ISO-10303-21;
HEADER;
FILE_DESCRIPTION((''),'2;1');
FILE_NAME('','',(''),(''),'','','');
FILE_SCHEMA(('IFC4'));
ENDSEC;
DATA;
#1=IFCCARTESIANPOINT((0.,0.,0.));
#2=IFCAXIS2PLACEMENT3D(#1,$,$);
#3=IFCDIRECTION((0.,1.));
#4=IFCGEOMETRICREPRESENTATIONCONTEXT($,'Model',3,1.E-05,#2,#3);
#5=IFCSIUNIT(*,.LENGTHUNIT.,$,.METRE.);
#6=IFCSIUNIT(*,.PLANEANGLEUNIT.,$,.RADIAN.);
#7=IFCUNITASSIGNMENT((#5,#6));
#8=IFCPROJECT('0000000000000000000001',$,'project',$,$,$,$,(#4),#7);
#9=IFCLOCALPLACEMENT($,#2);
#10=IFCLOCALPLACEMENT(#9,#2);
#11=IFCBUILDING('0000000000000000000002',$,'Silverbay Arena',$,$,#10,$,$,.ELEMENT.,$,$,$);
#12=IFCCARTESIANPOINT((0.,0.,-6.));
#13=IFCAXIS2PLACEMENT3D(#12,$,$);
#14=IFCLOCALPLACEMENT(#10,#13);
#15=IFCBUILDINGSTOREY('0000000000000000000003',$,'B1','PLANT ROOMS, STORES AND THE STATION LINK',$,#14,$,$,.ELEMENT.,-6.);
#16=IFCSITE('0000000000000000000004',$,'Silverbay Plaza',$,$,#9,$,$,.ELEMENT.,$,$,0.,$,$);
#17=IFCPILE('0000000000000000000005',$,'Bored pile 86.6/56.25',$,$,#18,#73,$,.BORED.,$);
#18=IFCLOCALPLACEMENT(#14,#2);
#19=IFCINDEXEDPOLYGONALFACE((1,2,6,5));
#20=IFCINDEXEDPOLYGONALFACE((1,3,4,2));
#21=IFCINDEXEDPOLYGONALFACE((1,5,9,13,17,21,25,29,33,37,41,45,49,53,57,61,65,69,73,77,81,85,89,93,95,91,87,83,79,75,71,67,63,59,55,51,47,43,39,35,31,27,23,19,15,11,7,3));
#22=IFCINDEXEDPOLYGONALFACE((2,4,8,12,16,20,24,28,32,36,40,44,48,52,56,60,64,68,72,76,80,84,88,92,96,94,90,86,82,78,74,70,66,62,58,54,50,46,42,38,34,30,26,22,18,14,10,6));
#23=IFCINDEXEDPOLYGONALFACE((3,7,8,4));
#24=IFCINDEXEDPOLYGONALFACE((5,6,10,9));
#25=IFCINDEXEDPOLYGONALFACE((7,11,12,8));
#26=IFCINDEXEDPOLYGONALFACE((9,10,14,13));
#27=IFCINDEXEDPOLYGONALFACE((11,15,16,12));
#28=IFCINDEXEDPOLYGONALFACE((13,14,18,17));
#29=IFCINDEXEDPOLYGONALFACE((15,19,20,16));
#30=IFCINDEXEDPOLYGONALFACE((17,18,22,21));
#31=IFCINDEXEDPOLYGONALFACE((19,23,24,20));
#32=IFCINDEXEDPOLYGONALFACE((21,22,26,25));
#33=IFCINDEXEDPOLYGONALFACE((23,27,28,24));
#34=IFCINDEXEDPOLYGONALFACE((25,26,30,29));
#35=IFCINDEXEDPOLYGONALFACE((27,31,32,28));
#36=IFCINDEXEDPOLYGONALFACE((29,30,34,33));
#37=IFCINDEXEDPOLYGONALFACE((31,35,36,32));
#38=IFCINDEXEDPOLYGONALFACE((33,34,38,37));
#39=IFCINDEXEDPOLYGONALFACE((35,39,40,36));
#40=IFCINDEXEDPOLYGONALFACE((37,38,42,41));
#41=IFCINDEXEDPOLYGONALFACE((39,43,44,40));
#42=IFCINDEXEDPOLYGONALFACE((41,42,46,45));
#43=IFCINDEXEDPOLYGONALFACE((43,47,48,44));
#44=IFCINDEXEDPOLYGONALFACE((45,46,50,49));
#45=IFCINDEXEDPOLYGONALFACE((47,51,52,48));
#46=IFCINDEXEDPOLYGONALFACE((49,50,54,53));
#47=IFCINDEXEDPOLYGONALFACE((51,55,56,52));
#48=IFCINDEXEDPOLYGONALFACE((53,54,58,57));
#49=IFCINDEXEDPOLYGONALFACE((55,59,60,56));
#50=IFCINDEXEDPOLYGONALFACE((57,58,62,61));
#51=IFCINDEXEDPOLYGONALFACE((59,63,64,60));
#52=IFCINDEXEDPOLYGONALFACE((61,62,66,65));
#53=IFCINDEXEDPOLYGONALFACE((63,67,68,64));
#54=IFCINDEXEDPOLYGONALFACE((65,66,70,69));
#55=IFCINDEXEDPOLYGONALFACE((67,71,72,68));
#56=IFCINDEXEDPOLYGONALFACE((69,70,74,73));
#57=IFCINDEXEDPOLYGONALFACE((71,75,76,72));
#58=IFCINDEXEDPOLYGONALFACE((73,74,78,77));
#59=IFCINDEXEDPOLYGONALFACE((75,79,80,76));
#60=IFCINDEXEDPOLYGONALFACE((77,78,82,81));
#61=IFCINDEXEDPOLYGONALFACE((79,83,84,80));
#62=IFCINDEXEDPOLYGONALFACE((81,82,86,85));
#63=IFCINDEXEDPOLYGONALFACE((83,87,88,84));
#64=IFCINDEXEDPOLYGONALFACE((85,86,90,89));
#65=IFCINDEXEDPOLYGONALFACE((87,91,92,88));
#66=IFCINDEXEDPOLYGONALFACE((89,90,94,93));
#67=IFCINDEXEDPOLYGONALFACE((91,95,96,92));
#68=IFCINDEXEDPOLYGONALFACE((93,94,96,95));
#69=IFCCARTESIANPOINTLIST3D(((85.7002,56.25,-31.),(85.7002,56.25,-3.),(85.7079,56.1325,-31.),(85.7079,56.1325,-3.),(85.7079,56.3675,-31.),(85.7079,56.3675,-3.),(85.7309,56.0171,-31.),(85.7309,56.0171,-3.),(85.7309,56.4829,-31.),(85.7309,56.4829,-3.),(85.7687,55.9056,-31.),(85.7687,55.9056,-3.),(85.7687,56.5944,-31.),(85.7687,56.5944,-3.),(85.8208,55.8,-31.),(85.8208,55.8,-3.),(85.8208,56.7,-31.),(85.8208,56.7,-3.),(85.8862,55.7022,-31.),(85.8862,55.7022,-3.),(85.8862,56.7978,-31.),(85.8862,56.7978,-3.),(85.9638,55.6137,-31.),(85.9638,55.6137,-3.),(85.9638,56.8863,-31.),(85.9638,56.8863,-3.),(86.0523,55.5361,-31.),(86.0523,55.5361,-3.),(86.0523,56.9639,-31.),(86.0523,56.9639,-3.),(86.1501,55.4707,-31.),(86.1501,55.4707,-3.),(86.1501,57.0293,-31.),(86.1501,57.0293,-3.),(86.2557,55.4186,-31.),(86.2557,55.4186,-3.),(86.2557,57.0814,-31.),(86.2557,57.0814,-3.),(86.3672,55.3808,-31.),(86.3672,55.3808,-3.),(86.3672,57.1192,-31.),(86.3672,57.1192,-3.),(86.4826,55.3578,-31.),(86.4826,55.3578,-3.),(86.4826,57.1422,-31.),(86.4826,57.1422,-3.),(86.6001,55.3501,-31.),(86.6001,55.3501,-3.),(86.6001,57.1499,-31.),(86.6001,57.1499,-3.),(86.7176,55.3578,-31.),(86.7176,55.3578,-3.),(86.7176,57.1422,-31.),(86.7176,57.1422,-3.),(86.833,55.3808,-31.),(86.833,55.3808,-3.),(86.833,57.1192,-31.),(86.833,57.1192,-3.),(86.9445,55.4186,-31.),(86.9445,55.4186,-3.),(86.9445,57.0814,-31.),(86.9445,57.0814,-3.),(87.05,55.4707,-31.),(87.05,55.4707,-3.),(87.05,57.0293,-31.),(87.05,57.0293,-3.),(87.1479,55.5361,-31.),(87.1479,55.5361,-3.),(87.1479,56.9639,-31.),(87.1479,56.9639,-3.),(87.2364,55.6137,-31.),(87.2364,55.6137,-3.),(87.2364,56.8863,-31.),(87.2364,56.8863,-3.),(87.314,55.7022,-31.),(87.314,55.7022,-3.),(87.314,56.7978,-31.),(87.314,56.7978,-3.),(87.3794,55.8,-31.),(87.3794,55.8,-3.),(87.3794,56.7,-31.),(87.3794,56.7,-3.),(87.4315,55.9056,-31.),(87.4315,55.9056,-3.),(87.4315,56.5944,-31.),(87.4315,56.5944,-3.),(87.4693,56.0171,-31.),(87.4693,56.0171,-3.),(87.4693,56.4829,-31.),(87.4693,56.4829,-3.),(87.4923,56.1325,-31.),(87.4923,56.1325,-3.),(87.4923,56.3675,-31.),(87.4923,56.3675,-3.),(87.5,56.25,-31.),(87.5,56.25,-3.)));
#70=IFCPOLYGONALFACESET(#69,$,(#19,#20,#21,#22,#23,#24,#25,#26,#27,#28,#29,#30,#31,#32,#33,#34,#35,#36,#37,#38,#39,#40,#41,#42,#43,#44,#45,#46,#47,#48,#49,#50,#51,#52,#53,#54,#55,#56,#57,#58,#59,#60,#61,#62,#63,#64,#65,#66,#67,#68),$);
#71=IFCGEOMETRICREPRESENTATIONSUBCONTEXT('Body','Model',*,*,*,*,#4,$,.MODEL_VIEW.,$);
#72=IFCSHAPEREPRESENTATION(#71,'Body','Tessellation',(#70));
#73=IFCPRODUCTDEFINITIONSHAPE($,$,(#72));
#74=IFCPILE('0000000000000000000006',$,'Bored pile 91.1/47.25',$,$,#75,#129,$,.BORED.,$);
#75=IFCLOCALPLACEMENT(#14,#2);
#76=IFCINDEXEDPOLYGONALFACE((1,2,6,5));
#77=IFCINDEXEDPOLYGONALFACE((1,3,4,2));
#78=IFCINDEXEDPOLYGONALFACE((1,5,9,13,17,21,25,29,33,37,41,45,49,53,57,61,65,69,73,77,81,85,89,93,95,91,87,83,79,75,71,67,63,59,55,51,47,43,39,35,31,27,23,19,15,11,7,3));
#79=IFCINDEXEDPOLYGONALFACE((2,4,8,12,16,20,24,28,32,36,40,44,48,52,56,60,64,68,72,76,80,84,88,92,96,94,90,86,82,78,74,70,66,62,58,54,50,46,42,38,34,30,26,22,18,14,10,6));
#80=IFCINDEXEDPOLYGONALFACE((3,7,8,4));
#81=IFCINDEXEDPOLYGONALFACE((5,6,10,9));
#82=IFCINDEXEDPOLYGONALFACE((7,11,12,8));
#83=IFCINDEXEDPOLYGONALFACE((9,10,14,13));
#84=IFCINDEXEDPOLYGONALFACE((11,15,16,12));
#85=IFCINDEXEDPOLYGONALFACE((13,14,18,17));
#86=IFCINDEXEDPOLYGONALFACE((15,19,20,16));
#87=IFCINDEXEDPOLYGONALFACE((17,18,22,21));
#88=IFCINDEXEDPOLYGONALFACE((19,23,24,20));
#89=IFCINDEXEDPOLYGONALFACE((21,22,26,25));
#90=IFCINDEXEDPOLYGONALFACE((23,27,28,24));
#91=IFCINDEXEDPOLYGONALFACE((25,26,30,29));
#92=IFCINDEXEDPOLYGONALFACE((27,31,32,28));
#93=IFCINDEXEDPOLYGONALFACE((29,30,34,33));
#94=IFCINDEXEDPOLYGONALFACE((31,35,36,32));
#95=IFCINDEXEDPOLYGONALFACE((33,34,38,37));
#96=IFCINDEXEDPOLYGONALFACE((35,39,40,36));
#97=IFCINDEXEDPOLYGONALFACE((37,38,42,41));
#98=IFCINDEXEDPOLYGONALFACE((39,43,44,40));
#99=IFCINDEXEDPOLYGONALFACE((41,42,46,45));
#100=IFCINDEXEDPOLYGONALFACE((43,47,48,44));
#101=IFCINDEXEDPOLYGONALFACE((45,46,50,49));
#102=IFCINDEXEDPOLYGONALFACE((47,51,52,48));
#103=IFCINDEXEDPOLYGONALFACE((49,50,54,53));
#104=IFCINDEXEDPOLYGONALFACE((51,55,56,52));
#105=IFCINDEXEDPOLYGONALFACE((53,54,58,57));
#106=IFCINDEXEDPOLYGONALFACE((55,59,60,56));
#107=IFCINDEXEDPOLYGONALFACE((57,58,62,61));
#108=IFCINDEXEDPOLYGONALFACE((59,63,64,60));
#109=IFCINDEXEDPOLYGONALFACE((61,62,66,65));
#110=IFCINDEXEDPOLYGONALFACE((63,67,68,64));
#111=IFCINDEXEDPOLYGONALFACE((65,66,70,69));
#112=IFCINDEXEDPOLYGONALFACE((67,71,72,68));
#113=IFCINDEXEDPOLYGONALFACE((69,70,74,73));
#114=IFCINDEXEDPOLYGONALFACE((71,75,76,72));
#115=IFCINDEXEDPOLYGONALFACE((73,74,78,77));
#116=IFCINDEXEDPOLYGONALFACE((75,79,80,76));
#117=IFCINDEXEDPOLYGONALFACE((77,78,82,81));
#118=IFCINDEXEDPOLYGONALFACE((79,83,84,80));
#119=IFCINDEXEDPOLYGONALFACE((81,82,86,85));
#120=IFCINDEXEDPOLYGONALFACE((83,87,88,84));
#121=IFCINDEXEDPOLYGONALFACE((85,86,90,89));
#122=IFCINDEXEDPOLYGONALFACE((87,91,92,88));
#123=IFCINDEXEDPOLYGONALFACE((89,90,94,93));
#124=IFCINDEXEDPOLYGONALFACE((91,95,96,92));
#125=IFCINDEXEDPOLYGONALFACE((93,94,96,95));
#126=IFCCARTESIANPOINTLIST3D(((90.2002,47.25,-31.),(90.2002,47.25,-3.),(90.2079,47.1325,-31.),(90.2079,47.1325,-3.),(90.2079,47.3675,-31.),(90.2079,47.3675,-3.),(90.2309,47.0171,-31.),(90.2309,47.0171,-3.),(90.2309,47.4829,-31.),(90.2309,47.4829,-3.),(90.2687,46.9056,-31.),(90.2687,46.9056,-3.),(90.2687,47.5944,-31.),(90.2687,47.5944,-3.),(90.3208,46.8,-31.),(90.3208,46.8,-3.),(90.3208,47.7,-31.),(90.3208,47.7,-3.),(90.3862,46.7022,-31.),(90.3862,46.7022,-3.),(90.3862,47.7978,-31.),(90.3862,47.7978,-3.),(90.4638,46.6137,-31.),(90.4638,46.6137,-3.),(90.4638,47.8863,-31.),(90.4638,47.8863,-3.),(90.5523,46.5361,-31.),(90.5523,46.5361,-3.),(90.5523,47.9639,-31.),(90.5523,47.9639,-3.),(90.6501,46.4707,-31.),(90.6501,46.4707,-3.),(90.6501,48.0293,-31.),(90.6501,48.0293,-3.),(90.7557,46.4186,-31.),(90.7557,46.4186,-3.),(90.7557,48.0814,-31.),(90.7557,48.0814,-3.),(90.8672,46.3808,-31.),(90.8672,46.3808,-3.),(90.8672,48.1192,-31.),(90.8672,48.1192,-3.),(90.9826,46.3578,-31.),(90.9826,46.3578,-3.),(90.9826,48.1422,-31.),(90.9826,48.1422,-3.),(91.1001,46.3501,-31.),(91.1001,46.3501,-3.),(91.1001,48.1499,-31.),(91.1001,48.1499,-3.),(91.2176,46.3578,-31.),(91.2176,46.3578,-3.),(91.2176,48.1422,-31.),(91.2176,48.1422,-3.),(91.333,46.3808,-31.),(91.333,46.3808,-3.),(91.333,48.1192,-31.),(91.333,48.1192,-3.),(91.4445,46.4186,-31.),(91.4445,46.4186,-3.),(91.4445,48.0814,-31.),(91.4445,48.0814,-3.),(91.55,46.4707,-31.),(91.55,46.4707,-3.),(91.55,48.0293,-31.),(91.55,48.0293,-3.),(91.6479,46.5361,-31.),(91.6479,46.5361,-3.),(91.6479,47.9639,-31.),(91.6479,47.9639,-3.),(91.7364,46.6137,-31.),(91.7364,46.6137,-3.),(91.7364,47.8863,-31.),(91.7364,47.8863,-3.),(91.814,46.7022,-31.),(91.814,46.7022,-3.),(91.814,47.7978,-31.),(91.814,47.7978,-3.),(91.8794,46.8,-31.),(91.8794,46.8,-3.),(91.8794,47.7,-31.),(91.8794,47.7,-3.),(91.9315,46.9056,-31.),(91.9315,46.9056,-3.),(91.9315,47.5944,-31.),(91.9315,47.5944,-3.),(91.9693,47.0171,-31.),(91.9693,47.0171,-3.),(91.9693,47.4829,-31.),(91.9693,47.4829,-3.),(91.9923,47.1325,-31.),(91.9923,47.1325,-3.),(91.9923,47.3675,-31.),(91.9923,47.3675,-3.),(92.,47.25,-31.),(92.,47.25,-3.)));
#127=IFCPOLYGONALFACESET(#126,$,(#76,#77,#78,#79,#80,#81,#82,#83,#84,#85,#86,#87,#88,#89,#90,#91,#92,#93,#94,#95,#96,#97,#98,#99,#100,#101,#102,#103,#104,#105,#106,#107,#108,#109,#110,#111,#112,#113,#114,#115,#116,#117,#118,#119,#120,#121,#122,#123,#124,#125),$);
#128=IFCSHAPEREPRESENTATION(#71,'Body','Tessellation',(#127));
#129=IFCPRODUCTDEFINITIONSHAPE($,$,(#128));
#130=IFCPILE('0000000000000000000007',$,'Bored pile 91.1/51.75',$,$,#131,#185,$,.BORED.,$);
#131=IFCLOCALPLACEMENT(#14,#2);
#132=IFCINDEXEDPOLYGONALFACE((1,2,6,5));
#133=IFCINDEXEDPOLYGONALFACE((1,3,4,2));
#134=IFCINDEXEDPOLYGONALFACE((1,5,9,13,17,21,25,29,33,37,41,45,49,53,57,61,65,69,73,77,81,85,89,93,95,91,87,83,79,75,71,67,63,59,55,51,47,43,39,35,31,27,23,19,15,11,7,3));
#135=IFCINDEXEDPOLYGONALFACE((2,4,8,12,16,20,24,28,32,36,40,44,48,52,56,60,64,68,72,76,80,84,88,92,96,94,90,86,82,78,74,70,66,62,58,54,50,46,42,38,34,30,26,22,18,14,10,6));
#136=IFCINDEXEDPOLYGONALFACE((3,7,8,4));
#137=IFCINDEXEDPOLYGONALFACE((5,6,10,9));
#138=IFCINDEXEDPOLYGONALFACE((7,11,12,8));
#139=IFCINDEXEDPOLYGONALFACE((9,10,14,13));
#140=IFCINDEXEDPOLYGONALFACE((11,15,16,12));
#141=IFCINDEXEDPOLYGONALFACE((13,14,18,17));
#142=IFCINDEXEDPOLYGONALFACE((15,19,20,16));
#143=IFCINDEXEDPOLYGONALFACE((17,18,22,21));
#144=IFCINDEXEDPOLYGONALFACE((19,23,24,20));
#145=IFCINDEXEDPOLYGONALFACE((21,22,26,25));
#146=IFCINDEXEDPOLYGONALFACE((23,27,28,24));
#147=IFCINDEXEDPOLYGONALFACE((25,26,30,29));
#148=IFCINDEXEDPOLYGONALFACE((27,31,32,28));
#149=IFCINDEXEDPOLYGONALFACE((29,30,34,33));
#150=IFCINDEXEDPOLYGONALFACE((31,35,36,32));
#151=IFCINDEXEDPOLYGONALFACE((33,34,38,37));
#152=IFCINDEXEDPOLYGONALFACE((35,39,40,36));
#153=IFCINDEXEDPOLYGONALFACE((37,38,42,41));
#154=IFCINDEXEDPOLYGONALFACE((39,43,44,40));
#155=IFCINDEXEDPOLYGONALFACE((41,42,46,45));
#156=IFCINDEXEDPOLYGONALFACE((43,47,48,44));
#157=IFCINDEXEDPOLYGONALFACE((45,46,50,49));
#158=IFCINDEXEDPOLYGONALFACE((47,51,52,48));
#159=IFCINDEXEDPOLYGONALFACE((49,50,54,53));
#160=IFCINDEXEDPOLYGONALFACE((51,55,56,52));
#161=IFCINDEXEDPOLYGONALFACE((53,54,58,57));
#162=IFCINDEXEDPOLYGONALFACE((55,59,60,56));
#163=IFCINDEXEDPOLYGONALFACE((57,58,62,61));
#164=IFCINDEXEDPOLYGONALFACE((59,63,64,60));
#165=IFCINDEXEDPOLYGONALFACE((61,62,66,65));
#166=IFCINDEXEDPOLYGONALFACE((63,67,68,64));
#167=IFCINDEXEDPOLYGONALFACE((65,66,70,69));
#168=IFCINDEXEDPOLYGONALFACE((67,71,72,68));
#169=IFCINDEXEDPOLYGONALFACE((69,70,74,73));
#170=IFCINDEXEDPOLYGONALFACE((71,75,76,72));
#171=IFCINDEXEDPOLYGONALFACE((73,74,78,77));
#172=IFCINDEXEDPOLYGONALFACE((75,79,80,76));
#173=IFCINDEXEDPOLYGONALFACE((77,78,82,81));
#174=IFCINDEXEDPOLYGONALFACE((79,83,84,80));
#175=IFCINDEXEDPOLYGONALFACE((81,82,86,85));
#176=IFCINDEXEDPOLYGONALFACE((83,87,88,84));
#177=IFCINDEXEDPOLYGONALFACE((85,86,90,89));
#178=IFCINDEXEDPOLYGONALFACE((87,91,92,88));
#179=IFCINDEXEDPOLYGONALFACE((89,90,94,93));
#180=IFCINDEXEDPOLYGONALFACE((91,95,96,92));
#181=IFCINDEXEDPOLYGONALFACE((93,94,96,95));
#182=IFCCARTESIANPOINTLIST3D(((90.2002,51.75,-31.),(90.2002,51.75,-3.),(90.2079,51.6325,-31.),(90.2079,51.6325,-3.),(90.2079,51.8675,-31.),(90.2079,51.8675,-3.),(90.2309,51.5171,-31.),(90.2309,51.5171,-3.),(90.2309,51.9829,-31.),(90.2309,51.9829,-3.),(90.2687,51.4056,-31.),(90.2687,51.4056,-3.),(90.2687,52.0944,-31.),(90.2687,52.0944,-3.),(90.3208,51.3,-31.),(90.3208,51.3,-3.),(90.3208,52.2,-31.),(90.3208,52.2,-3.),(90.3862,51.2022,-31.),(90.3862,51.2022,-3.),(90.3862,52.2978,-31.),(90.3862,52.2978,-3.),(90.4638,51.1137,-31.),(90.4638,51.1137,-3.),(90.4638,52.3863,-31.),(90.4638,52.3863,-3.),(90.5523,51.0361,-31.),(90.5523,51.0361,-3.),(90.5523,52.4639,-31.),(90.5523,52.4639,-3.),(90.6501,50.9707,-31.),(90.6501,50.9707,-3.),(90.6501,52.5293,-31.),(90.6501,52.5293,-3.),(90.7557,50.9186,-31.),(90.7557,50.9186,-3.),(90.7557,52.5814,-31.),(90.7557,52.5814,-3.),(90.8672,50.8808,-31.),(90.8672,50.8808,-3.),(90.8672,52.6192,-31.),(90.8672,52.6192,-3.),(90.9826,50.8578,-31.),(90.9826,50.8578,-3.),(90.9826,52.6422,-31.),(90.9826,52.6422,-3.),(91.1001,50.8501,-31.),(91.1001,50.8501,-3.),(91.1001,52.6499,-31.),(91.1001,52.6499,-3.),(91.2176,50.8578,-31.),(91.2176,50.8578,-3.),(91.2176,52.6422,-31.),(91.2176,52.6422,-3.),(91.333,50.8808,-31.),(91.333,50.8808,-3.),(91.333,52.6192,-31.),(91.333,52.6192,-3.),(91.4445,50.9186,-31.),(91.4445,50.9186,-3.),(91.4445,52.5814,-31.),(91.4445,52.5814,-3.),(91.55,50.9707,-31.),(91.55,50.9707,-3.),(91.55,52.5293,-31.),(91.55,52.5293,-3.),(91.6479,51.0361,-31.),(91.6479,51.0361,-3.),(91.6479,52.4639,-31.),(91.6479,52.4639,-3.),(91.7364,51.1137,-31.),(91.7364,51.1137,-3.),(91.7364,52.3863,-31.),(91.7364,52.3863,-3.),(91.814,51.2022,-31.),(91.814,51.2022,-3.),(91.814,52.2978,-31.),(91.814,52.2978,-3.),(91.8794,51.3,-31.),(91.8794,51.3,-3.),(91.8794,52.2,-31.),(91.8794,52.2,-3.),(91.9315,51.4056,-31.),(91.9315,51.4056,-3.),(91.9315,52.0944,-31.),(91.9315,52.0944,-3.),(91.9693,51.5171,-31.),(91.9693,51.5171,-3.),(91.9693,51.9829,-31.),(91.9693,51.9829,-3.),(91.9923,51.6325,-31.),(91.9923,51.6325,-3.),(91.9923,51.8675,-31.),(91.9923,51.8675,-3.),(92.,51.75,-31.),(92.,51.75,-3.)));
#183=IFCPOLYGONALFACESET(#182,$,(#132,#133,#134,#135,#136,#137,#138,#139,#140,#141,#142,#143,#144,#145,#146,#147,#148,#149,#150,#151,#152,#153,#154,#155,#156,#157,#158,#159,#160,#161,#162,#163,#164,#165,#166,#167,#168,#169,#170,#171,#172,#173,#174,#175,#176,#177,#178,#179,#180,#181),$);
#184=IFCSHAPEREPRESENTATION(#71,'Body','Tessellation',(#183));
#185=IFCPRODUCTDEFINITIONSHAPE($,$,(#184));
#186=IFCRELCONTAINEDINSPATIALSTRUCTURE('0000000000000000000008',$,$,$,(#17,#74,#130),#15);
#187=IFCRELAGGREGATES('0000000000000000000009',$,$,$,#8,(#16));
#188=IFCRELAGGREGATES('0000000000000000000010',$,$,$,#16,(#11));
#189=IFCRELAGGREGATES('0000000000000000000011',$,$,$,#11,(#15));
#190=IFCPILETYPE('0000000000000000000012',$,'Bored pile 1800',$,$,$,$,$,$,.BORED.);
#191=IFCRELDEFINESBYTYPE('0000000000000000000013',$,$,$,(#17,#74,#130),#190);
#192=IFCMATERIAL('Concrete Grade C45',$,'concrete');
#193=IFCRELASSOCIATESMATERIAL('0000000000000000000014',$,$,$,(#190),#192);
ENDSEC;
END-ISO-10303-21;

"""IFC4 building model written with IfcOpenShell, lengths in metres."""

from ifc_helpers import new_model, si_unit, direction, frame, origin, origin_2d, place, context, subcontext, project, spatial, circle, extrude, material, material_profile, profile_set, type_object, element, save


model = new_model("IFC4")

# Units and contexts
model_context = context("Model", 3, precision=1e-05, world=origin(), true_north=direction((0.0, 1.0)))
body_context = subcontext(model_context, "Body", "Model", "MODEL_VIEW")
ifc_project = project(units=[si_unit("LENGTHUNIT", "METRE"), si_unit("PLANEANGLEUNIT", "RADIAN")], contexts=[model_context])

# Site, building, storey
site_placement = place(None, origin())
site = spatial("IfcSite", under=ifc_project, at=site_placement, Name="Silverbay Plaza", CompositionType="ELEMENT", RefElevation=0.0)
building_placement = place(site_placement, origin())
building = spatial("IfcBuilding", under=site, at=building_placement, Name="Silverbay Arena", CompositionType="ELEMENT")
storey_placement = place(building_placement, frame((0.0, 0.0, -6.0)))
storey = spatial("IfcBuildingStorey", under=building, at=storey_placement, Name="B1", Description="PLANT ROOMS, STORES AND THE STATION LINK", CompositionType="ELEMENT", Elevation=-6.0)

# Piles
ifc_material_1 = material(Name="Concrete Grade C45", Category="concrete")
ifc_material_profile_1 = material_profile(ifc_material_1, circle(Radius=0.8999, at=origin_2d()), Name="Bored pile 1800")
ifc_profile_set_1 = profile_set([ifc_material_profile_1], Name="Concrete Grade C45")
pile_type = type_object("IfcPileType", Name="Bored pile 1800", PredefinedType="BORED", material=ifc_profile_set_1)
for number, where, z_axis, x_axis, name in (
    (1, (86.6001, 56.25, -3.0), (0.0, 0.0, -1.0), (1.0, 0.0, 0.0), "Bored pile 86.6/56.25"),
    (2, (91.1001, 47.25, -3.0), (0.0, 0.0, -1.0), (1.0, 0.0, 0.0), "Bored pile 91.1/47.25"),
    (3, (91.1001, 51.75, -3.0), (0.0, 0.0, -1.0), (1.0, 0.0, 0.0), "Bored pile 91.1/51.75"),
):
    element("IfcPile", number, at=place(storey_placement, frame(where, z_axis=z_axis, x_axis=x_axis)), inside=storey, type_object=pile_type, Name=name, PredefinedType="BORED", context=body_context, shape_type="SweptSolid", body=[
        extrude(circle(Radius=0.8999, at=origin_2d()), origin(), (0.0, 0.0, 1.0), 28.0),
    ])

save(model, "model.ifc")
